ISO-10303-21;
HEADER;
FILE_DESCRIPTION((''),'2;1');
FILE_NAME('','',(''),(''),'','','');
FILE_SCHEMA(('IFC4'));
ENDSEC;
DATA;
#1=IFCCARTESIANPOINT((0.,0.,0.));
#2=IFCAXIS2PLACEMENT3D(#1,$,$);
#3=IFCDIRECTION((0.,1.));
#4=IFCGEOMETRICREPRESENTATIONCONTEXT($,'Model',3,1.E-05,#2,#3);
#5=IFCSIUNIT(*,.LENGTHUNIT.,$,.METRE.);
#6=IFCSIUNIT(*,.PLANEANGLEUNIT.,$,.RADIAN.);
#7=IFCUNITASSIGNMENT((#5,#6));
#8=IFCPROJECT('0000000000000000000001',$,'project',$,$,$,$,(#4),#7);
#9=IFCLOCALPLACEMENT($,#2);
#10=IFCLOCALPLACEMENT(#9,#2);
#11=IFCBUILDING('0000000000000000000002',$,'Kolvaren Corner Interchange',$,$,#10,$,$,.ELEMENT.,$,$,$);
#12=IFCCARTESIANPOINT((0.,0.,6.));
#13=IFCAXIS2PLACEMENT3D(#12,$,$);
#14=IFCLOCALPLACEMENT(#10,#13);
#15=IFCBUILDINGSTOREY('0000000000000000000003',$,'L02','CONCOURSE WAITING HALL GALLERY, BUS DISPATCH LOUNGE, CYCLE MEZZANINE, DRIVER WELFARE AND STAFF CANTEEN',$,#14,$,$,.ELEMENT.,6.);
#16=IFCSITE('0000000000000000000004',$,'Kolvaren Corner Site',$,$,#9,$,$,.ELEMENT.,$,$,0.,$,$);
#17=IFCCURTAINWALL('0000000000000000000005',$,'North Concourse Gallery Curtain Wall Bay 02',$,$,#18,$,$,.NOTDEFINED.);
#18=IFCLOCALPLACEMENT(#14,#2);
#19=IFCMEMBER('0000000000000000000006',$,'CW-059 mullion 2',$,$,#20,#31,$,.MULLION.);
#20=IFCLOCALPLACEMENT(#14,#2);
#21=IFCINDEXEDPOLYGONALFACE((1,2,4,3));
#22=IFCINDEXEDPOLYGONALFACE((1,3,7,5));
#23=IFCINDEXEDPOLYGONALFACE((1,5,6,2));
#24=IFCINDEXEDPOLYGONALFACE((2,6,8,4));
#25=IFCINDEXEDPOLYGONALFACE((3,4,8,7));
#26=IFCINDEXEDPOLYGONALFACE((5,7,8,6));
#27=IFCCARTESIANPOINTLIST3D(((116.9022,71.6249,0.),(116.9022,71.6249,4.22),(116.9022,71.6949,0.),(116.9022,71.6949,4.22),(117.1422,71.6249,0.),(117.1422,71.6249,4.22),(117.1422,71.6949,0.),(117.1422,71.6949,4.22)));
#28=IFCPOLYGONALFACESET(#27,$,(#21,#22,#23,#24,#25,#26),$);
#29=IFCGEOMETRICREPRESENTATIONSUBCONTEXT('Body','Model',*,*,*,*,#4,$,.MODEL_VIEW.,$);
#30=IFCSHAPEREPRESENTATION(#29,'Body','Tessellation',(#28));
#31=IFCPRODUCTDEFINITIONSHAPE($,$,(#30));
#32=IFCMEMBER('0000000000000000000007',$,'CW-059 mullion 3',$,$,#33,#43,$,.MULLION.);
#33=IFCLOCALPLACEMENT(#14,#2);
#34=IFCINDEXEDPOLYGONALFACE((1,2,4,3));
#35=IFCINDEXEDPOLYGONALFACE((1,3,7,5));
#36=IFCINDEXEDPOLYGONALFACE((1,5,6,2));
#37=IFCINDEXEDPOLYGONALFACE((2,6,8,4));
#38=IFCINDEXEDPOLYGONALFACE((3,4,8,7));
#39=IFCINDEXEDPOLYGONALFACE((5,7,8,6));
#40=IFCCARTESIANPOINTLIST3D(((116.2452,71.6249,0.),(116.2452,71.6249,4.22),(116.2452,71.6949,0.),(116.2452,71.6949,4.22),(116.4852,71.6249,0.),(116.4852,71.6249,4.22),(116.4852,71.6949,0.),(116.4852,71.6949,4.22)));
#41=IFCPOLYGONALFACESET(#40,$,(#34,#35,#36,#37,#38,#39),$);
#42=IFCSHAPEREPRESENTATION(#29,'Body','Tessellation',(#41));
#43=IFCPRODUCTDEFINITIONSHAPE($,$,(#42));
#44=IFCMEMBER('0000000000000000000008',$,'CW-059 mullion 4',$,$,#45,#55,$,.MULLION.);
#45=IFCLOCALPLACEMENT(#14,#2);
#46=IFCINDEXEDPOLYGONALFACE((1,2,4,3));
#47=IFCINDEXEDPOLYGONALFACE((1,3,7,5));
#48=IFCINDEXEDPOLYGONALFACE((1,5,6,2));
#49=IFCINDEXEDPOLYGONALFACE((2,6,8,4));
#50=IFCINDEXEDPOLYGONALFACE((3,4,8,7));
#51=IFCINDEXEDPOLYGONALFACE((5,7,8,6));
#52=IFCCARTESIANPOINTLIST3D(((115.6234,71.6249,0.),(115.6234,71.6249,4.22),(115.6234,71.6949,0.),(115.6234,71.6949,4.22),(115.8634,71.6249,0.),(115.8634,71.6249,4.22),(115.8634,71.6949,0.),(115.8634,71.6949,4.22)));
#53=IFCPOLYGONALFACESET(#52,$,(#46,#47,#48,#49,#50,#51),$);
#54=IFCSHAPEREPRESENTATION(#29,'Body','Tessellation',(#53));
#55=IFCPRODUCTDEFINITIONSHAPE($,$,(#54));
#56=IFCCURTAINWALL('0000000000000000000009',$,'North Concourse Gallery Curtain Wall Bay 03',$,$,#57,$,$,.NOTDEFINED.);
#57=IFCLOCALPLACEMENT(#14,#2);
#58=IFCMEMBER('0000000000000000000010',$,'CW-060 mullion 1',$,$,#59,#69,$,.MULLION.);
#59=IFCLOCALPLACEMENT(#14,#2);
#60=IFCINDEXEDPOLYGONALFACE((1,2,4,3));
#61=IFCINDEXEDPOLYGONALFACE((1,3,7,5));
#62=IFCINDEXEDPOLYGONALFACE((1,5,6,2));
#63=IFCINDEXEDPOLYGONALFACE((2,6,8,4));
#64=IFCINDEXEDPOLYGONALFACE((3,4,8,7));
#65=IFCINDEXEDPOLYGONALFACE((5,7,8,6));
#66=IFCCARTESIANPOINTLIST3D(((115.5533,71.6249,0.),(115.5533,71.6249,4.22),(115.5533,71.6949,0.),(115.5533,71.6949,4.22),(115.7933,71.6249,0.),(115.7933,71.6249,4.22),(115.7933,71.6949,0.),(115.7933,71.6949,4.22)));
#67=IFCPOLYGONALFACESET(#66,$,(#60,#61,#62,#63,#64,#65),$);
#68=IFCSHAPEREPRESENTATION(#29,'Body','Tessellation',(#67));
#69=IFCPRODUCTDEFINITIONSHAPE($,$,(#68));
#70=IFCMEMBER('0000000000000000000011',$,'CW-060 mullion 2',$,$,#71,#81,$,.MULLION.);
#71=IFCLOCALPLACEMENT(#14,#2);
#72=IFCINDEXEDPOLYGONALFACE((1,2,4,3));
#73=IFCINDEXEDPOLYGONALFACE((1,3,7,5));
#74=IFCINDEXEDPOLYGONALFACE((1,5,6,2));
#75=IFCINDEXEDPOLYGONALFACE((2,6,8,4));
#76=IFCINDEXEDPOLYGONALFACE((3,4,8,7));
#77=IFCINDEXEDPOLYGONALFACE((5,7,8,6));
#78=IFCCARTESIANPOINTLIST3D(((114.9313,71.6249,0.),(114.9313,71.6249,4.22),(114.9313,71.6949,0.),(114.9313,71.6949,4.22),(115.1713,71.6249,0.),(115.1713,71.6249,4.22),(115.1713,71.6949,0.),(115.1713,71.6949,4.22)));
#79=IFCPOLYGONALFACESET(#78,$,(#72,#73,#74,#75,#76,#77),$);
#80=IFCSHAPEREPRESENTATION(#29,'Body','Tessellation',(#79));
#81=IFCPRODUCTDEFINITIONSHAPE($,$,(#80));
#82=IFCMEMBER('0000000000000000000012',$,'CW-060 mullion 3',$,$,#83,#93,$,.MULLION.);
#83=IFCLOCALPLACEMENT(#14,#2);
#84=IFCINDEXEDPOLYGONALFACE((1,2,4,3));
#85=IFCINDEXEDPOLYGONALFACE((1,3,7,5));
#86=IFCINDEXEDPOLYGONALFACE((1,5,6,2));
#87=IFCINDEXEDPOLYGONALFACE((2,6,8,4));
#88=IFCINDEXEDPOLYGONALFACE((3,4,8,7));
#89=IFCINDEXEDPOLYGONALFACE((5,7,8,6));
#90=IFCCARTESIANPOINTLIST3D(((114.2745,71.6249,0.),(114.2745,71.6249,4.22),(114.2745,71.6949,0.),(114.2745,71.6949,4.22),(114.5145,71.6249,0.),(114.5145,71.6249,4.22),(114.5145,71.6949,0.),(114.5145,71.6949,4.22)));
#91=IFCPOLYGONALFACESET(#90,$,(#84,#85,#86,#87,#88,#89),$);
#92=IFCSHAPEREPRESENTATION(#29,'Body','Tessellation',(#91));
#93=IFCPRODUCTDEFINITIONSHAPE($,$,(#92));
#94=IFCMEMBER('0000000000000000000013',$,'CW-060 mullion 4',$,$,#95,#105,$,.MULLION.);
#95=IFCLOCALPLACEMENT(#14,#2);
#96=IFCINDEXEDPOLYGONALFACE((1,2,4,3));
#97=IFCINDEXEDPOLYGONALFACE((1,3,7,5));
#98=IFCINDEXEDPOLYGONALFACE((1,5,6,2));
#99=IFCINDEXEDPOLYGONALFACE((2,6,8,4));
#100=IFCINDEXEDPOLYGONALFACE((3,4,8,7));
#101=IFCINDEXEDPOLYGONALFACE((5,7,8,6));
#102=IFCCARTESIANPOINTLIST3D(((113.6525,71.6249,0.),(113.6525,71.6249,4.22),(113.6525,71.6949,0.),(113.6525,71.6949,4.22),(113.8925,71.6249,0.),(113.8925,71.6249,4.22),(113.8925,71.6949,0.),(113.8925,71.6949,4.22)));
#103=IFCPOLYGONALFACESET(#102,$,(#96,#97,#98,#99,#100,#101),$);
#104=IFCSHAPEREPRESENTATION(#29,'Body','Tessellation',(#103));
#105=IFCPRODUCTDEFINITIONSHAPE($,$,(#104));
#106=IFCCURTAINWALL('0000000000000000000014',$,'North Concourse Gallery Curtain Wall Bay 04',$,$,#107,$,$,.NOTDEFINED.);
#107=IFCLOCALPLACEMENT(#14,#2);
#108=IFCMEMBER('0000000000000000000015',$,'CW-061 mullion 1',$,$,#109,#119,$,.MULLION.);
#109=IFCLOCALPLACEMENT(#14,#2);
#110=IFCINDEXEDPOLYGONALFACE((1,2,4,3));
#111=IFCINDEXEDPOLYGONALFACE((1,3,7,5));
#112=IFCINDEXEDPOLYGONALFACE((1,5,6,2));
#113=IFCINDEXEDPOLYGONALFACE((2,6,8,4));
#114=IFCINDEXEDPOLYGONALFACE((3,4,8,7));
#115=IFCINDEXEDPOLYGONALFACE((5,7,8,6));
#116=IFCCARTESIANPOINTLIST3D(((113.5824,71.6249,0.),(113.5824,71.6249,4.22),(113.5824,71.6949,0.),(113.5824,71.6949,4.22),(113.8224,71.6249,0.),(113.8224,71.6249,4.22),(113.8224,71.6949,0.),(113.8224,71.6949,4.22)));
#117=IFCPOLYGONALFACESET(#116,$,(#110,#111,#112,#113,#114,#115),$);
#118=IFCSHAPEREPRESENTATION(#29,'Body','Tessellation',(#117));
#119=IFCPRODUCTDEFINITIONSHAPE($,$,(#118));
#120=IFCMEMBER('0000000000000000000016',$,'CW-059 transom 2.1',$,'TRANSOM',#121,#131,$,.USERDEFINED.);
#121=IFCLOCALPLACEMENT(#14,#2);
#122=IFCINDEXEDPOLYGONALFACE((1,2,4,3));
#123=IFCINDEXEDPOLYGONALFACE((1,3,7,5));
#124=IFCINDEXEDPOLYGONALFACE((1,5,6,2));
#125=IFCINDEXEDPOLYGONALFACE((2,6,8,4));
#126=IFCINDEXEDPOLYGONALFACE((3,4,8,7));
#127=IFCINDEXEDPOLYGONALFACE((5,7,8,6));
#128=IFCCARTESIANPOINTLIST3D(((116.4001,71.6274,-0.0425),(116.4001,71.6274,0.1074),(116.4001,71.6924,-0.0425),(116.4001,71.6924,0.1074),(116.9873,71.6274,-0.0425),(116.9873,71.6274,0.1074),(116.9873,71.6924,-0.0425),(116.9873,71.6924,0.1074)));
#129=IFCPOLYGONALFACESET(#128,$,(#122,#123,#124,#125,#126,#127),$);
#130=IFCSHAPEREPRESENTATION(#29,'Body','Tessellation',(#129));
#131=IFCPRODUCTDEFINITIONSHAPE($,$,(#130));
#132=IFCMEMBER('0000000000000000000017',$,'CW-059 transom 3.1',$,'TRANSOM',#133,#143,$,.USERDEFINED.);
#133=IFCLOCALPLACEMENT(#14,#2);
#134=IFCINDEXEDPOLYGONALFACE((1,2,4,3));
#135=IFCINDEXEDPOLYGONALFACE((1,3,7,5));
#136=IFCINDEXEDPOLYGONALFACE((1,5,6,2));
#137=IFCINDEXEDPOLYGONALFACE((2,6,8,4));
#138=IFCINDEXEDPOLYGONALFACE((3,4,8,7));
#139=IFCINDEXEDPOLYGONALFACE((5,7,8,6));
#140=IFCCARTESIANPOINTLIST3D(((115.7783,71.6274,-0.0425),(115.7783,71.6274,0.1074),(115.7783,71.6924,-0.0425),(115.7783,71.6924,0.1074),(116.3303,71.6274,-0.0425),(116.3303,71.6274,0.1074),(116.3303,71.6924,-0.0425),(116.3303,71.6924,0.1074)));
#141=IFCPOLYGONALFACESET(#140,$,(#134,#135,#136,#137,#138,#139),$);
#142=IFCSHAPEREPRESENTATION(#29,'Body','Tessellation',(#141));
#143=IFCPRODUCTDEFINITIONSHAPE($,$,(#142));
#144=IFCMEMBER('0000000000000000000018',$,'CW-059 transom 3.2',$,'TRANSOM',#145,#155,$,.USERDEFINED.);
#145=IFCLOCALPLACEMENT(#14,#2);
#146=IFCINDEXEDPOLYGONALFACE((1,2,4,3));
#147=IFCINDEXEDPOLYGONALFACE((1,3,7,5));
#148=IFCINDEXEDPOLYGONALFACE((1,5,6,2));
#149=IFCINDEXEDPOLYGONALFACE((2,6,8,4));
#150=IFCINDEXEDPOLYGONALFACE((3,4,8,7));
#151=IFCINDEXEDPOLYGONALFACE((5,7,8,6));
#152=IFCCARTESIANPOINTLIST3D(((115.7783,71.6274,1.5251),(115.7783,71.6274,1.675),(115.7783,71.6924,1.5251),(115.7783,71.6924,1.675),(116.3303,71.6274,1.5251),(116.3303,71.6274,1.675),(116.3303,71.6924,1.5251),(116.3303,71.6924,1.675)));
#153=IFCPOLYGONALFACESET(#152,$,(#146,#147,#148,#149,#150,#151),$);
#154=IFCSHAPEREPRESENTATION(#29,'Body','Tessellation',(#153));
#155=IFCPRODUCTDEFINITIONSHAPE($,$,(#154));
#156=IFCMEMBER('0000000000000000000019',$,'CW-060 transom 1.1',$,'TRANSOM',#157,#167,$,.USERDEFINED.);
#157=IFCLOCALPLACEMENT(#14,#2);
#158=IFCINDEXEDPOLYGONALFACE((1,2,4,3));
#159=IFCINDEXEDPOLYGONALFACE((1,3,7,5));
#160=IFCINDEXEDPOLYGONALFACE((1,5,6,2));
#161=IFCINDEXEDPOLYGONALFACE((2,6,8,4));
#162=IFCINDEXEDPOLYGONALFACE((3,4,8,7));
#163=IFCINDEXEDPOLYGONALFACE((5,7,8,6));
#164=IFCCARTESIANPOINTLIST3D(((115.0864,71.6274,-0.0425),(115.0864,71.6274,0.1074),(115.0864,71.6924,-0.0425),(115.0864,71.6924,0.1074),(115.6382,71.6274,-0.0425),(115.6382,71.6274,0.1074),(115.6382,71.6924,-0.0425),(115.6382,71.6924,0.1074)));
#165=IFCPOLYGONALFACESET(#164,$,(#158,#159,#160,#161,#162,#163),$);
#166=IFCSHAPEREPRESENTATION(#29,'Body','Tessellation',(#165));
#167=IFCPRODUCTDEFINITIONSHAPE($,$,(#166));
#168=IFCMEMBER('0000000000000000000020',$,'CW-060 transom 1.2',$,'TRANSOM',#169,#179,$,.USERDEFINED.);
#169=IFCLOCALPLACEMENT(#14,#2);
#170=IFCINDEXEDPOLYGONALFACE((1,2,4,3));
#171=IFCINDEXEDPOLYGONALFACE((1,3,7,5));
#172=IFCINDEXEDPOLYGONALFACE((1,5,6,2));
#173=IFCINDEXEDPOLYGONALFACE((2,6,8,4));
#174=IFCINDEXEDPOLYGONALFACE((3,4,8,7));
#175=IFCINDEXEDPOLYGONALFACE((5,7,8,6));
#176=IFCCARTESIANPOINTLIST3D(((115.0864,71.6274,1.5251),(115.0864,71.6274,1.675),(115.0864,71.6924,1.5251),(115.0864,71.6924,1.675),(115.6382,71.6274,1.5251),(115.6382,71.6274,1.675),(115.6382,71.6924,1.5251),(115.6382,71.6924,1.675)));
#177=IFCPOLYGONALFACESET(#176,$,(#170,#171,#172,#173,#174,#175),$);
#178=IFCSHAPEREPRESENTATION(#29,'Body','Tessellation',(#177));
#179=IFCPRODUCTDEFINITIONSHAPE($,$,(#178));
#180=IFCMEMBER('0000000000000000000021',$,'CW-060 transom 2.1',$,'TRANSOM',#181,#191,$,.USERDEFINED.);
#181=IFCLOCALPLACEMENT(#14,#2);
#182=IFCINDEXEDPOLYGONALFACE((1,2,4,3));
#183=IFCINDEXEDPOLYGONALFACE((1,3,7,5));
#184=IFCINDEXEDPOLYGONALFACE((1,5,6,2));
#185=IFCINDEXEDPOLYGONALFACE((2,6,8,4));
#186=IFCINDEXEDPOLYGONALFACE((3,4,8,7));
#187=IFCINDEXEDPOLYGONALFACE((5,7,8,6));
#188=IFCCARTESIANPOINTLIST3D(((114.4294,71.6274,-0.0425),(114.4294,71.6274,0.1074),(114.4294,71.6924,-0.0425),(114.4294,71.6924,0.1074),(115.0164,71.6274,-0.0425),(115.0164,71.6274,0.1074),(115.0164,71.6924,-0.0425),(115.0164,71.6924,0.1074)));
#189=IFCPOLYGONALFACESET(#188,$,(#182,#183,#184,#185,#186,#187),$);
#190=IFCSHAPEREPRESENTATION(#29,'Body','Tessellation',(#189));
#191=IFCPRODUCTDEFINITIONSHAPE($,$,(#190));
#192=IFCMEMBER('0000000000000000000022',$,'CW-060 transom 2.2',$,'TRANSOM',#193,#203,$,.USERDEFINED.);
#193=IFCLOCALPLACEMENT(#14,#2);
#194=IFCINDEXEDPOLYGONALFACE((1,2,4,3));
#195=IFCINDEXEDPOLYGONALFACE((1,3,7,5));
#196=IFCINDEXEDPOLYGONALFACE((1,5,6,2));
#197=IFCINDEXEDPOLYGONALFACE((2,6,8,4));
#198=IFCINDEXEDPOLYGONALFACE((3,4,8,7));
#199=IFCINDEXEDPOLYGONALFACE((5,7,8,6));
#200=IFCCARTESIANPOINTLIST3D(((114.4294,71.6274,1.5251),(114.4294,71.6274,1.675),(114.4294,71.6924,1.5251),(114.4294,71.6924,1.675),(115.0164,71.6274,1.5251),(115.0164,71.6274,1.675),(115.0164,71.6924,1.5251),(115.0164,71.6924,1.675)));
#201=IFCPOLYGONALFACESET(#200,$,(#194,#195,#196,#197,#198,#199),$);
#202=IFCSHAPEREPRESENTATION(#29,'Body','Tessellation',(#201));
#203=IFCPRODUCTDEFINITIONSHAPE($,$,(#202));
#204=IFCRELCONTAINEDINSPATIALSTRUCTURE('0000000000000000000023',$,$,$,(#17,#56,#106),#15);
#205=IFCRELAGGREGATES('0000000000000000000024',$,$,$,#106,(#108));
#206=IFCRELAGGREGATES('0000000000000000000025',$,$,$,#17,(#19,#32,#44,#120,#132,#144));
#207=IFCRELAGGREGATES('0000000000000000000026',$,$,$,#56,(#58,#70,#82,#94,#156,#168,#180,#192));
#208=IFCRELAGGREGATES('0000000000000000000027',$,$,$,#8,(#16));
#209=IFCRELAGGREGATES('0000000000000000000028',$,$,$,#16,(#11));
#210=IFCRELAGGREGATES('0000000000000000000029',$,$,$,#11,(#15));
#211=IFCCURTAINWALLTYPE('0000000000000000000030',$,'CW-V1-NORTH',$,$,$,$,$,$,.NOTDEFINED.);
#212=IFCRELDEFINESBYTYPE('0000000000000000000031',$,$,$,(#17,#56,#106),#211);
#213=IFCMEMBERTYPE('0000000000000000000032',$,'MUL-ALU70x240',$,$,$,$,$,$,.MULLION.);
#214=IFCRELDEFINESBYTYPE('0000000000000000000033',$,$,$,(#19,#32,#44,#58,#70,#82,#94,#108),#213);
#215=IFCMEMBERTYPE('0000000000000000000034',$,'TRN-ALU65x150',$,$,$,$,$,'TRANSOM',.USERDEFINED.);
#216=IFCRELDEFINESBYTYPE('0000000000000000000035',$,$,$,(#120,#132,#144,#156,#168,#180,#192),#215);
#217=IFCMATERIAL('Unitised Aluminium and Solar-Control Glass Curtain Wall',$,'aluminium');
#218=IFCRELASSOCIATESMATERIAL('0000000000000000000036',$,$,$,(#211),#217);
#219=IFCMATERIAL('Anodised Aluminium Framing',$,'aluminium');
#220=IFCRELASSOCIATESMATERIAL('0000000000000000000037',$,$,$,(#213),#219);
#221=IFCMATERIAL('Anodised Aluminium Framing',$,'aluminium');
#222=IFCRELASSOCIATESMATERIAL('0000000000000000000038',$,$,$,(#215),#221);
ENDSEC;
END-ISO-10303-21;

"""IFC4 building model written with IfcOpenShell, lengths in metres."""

from ifc_helpers import new_model, si_unit, direction, frame, origin, origin_2d, place, context, subcontext, project, spatial, rectangle, extrude, material, material_profile, profile_set, type_object, element, aggregate, save


model = new_model("IFC4")

# Units and contexts
model_context = context("Model", 3, precision=1e-05, world=origin(), true_north=direction((0.0, 1.0)))
body_context = subcontext(model_context, "Body", "Model", "MODEL_VIEW")
ifc_project = project(units=[si_unit("LENGTHUNIT", "METRE"), si_unit("PLANEANGLEUNIT", "RADIAN")], contexts=[model_context])

# Site, building, storey
site_placement = place(None, origin())
site = spatial("IfcSite", under=ifc_project, at=site_placement, Name="Kolvaren Corner Site", CompositionType="ELEMENT", RefElevation=0.0)
building_placement = place(site_placement, origin())
building = spatial("IfcBuilding", under=site, at=building_placement, Name="Kolvaren Corner Interchange", CompositionType="ELEMENT")
storey_placement = place(building_placement, frame((0.0, 0.0, 6.0)))
storey = spatial("IfcBuildingStorey", under=building, at=storey_placement, Name="L02", Description="CONCOURSE WAITING HALL GALLERY, BUS DISPATCH LOUNGE, CYCLE MEZZANINE, DRIVER WELFARE AND STAFF CANTEEN", CompositionType="ELEMENT", Elevation=6.0)

# Curtain walls, members
ifc_material_1 = material(Name="Unitised Aluminium and Solar-Control Glass Curtain Wall", Category="aluminium")
curtain_wall_type = type_object("IfcCurtainWallType", Name="CW-V1-NORTH", PredefinedType="NOTDEFINED", material=ifc_material_1)
curtain_wall_1_placement = place(storey_placement, origin())
curtain_wall_1 = element("IfcCurtainWall", 1, at=curtain_wall_1_placement, inside=storey, type_object=curtain_wall_type, Name="North Concourse Gallery Curtain Wall Bay 02", PredefinedType="NOTDEFINED")
ifc_material_2 = material(Name="Anodised Aluminium Framing", Category="aluminium")
ifc_material_profile_1 = material_profile(ifc_material_2, rectangle(XDim=0.0701, YDim=0.24, at=origin_2d()), Name="ALU 70x240")
ifc_profile_set_1 = profile_set([ifc_material_profile_1], Name="Anodised Aluminium Framing")
member_type_1 = type_object("IfcMemberType", Name="MUL-ALU70x240", PredefinedType="MULLION", material=ifc_profile_set_1)
member_1_placement = place(storey_placement, frame((117.0222, 71.6599, 0.0), z_axis=(0.0, 0.0, 1.0), x_axis=(0.0, -1.0, 0.0)))
member_1 = element("IfcMember", 2, at=member_1_placement, type_object=member_type_1, Name="CW-059 mullion 2", PredefinedType="MULLION", context=body_context, shape_type="SweptSolid", body=[
    extrude(rectangle(XDim=0.0701, YDim=0.24, at=origin_2d()), origin(), (0.0, 0.0, 1.0), 4.22),
])
member_2_placement = place(storey_placement, frame((116.3652, 71.6599, 0.0), z_axis=(0.0, 0.0, 1.0), x_axis=(0.0, -1.0, 0.0)))
member_2 = element("IfcMember", 3, at=member_2_placement, type_object=member_type_1, Name="CW-059 mullion 3", PredefinedType="MULLION", context=body_context, shape_type="SweptSolid", body=[
    extrude(rectangle(XDim=0.0701, YDim=0.24, at=origin_2d()), origin(), (0.0, 0.0, 1.0), 4.22),
])
member_3_placement = place(storey_placement, frame((115.7434, 71.6599, 0.0), z_axis=(0.0, 0.0, 1.0), x_axis=(0.0, -1.0, 0.0)))
member_3 = element("IfcMember", 4, at=member_3_placement, type_object=member_type_1, Name="CW-059 mullion 4", PredefinedType="MULLION", context=body_context, shape_type="SweptSolid", body=[
    extrude(rectangle(XDim=0.0701, YDim=0.24, at=origin_2d()), origin(), (0.0, 0.0, 1.0), 4.22),
])
curtain_wall_2_placement = place(storey_placement, origin())
curtain_wall_2 = element("IfcCurtainWall", 5, at=curtain_wall_2_placement, inside=storey, type_object=curtain_wall_type, Name="North Concourse Gallery Curtain Wall Bay 03", PredefinedType="NOTDEFINED")
member_4_placement = place(storey_placement, frame((115.6733, 71.6599, 0.0), z_axis=(0.0, 0.0, 1.0), x_axis=(0.0, -1.0, 0.0)))
member_4 = element("IfcMember", 6, at=member_4_placement, type_object=member_type_1, Name="CW-060 mullion 1", PredefinedType="MULLION", context=body_context, shape_type="SweptSolid", body=[
    extrude(rectangle(XDim=0.0701, YDim=0.24, at=origin_2d()), origin(), (0.0, 0.0, 1.0), 4.22),
])
member_5_placement = place(storey_placement, frame((115.0513, 71.6599, 0.0), z_axis=(0.0, 0.0, 1.0), x_axis=(0.0, -1.0, 0.0)))
member_5 = element("IfcMember", 7, at=member_5_placement, type_object=member_type_1, Name="CW-060 mullion 2", PredefinedType="MULLION", context=body_context, shape_type="SweptSolid", body=[
    extrude(rectangle(XDim=0.0701, YDim=0.24, at=origin_2d()), origin(), (0.0, 0.0, 1.0), 4.22),
])
member_6_placement = place(storey_placement, frame((114.3945, 71.6599, 0.0), z_axis=(0.0, 0.0, 1.0), x_axis=(0.0, -1.0, 0.0)))
member_6 = element("IfcMember", 8, at=member_6_placement, type_object=member_type_1, Name="CW-060 mullion 3", PredefinedType="MULLION", context=body_context, shape_type="SweptSolid", body=[
    extrude(rectangle(XDim=0.0701, YDim=0.24, at=origin_2d()), origin(), (0.0, 0.0, 1.0), 4.22),
])
member_7_placement = place(storey_placement, frame((113.7725, 71.6599, 0.0), z_axis=(0.0, 0.0, 1.0), x_axis=(0.0, -1.0, 0.0)))
member_7 = element("IfcMember", 9, at=member_7_placement, type_object=member_type_1, Name="CW-060 mullion 4", PredefinedType="MULLION", context=body_context, shape_type="SweptSolid", body=[
    extrude(rectangle(XDim=0.0701, YDim=0.24, at=origin_2d()), origin(), (0.0, 0.0, 1.0), 4.22),
])

# Curtain wall, member
curtain_wall_3_placement = place(storey_placement, origin())
curtain_wall_3 = element("IfcCurtainWall", 10, at=curtain_wall_3_placement, inside=storey, type_object=curtain_wall_type, Name="North Concourse Gallery Curtain Wall Bay 04", PredefinedType="NOTDEFINED")
member_8_placement = place(storey_placement, frame((113.7024, 71.6599, 0.0), z_axis=(0.0, 0.0, 1.0), x_axis=(0.0, -1.0, 0.0)))
member_8 = element("IfcMember", 11, at=member_8_placement, type_object=member_type_1, Name="CW-061 mullion 1", PredefinedType="MULLION", context=body_context, shape_type="SweptSolid", body=[
    extrude(rectangle(XDim=0.0701, YDim=0.24, at=origin_2d()), origin(), (0.0, 0.0, 1.0), 4.22),
])
aggregate(curtain_wall_3, [member_8])

# Members
ifc_material_3 = material(Name="Anodised Aluminium Framing", Category="aluminium")
ifc_material_profile_2 = material_profile(ifc_material_3, rectangle(XDim=0.0649, YDim=0.1499, at=origin_2d()), Name="ALU 65x150")
ifc_profile_set_2 = profile_set([ifc_material_profile_2], Name="Anodised Aluminium Framing")
member_type_2 = type_object("IfcMemberType", Name="TRN-ALU65x150", ElementType="TRANSOM", PredefinedType="USERDEFINED", material=ifc_profile_set_2)
member_9_placement = place(storey_placement, frame((116.9873, 71.6599, 0.0325), z_axis=(-1.0, 0.0, 0.0), x_axis=(0.0, -1.0, 0.0)))
member_9 = element("IfcMember", 12, at=member_9_placement, type_object=member_type_2, Name="CW-059 transom 2.1", ObjectType="TRANSOM", PredefinedType="USERDEFINED", context=body_context, shape_type="SweptSolid", body=[
    extrude(rectangle(XDim=0.0649, YDim=0.1499, at=origin_2d()), origin(), (0.0, 0.0, 1.0), 0.5872),
])
member_10_placement = place(storey_placement, frame((116.3303, 71.6599, 0.0325), z_axis=(-1.0, 0.0, 0.0), x_axis=(0.0, -1.0, 0.0)))
member_10 = element("IfcMember", 13, at=member_10_placement, type_object=member_type_2, Name="CW-059 transom 3.1", ObjectType="TRANSOM", PredefinedType="USERDEFINED", context=body_context, shape_type="SweptSolid", body=[
    extrude(rectangle(XDim=0.0649, YDim=0.1499, at=origin_2d()), origin(), (0.0, 0.0, 1.0), 0.552),
])
member_11_placement = place(storey_placement, frame((116.3303, 71.6599, 1.6001), z_axis=(-1.0, 0.0, 0.0), x_axis=(0.0, -1.0, 0.0)))
member_11 = element("IfcMember", 14, at=member_11_placement, type_object=member_type_2, Name="CW-059 transom 3.2", ObjectType="TRANSOM", PredefinedType="USERDEFINED", context=body_context, shape_type="SweptSolid", body=[
    extrude(rectangle(XDim=0.0649, YDim=0.1499, at=origin_2d()), origin(), (0.0, 0.0, 1.0), 0.552),
])
member_12_placement = place(storey_placement, frame((115.6382, 71.6599, 0.0325), z_axis=(-1.0, 0.0, 0.0), x_axis=(0.0, -1.0, 0.0)))
member_12 = element("IfcMember", 15, at=member_12_placement, type_object=member_type_2, Name="CW-060 transom 1.1", ObjectType="TRANSOM", PredefinedType="USERDEFINED", context=body_context, shape_type="SweptSolid", body=[
    extrude(rectangle(XDim=0.0649, YDim=0.1499, at=origin_2d()), origin(), (0.0, 0.0, 1.0), 0.5518),
])
member_13_placement = place(storey_placement, frame((115.6382, 71.6599, 1.6001), z_axis=(-1.0, 0.0, 0.0), x_axis=(0.0, -1.0, 0.0)))
member_13 = element("IfcMember", 16, at=member_13_placement, type_object=member_type_2, Name="CW-060 transom 1.2", ObjectType="TRANSOM", PredefinedType="USERDEFINED", context=body_context, shape_type="SweptSolid", body=[
    extrude(rectangle(XDim=0.0649, YDim=0.1499, at=origin_2d()), origin(), (0.0, 0.0, 1.0), 0.5518),
])
member_14_placement = place(storey_placement, frame((115.0164, 71.6599, 0.0325), z_axis=(-1.0, 0.0, 0.0), x_axis=(0.0, -1.0, 0.0)))
member_14 = element("IfcMember", 17, at=member_14_placement, type_object=member_type_2, Name="CW-060 transom 2.1", ObjectType="TRANSOM", PredefinedType="USERDEFINED", context=body_context, shape_type="SweptSolid", body=[
    extrude(rectangle(XDim=0.0649, YDim=0.1499, at=origin_2d()), origin(), (0.0, 0.0, 1.0), 0.5869),
])
member_15_placement = place(storey_placement, frame((115.0164, 71.6599, 1.6001), z_axis=(-1.0, 0.0, 0.0), x_axis=(0.0, -1.0, 0.0)))
member_15 = element("IfcMember", 18, at=member_15_placement, type_object=member_type_2, Name="CW-060 transom 2.2", ObjectType="TRANSOM", PredefinedType="USERDEFINED", context=body_context, shape_type="SweptSolid", body=[
    extrude(rectangle(XDim=0.0649, YDim=0.1499, at=origin_2d()), origin(), (0.0, 0.0, 1.0), 0.5869),
])

aggregate(curtain_wall_1, [member_1, member_2, member_3, member_9, member_10, member_11])
aggregate(curtain_wall_2, [member_4, member_5, member_6, member_7, member_12, member_13, member_14, member_15])

save(model, "model.ifc")
